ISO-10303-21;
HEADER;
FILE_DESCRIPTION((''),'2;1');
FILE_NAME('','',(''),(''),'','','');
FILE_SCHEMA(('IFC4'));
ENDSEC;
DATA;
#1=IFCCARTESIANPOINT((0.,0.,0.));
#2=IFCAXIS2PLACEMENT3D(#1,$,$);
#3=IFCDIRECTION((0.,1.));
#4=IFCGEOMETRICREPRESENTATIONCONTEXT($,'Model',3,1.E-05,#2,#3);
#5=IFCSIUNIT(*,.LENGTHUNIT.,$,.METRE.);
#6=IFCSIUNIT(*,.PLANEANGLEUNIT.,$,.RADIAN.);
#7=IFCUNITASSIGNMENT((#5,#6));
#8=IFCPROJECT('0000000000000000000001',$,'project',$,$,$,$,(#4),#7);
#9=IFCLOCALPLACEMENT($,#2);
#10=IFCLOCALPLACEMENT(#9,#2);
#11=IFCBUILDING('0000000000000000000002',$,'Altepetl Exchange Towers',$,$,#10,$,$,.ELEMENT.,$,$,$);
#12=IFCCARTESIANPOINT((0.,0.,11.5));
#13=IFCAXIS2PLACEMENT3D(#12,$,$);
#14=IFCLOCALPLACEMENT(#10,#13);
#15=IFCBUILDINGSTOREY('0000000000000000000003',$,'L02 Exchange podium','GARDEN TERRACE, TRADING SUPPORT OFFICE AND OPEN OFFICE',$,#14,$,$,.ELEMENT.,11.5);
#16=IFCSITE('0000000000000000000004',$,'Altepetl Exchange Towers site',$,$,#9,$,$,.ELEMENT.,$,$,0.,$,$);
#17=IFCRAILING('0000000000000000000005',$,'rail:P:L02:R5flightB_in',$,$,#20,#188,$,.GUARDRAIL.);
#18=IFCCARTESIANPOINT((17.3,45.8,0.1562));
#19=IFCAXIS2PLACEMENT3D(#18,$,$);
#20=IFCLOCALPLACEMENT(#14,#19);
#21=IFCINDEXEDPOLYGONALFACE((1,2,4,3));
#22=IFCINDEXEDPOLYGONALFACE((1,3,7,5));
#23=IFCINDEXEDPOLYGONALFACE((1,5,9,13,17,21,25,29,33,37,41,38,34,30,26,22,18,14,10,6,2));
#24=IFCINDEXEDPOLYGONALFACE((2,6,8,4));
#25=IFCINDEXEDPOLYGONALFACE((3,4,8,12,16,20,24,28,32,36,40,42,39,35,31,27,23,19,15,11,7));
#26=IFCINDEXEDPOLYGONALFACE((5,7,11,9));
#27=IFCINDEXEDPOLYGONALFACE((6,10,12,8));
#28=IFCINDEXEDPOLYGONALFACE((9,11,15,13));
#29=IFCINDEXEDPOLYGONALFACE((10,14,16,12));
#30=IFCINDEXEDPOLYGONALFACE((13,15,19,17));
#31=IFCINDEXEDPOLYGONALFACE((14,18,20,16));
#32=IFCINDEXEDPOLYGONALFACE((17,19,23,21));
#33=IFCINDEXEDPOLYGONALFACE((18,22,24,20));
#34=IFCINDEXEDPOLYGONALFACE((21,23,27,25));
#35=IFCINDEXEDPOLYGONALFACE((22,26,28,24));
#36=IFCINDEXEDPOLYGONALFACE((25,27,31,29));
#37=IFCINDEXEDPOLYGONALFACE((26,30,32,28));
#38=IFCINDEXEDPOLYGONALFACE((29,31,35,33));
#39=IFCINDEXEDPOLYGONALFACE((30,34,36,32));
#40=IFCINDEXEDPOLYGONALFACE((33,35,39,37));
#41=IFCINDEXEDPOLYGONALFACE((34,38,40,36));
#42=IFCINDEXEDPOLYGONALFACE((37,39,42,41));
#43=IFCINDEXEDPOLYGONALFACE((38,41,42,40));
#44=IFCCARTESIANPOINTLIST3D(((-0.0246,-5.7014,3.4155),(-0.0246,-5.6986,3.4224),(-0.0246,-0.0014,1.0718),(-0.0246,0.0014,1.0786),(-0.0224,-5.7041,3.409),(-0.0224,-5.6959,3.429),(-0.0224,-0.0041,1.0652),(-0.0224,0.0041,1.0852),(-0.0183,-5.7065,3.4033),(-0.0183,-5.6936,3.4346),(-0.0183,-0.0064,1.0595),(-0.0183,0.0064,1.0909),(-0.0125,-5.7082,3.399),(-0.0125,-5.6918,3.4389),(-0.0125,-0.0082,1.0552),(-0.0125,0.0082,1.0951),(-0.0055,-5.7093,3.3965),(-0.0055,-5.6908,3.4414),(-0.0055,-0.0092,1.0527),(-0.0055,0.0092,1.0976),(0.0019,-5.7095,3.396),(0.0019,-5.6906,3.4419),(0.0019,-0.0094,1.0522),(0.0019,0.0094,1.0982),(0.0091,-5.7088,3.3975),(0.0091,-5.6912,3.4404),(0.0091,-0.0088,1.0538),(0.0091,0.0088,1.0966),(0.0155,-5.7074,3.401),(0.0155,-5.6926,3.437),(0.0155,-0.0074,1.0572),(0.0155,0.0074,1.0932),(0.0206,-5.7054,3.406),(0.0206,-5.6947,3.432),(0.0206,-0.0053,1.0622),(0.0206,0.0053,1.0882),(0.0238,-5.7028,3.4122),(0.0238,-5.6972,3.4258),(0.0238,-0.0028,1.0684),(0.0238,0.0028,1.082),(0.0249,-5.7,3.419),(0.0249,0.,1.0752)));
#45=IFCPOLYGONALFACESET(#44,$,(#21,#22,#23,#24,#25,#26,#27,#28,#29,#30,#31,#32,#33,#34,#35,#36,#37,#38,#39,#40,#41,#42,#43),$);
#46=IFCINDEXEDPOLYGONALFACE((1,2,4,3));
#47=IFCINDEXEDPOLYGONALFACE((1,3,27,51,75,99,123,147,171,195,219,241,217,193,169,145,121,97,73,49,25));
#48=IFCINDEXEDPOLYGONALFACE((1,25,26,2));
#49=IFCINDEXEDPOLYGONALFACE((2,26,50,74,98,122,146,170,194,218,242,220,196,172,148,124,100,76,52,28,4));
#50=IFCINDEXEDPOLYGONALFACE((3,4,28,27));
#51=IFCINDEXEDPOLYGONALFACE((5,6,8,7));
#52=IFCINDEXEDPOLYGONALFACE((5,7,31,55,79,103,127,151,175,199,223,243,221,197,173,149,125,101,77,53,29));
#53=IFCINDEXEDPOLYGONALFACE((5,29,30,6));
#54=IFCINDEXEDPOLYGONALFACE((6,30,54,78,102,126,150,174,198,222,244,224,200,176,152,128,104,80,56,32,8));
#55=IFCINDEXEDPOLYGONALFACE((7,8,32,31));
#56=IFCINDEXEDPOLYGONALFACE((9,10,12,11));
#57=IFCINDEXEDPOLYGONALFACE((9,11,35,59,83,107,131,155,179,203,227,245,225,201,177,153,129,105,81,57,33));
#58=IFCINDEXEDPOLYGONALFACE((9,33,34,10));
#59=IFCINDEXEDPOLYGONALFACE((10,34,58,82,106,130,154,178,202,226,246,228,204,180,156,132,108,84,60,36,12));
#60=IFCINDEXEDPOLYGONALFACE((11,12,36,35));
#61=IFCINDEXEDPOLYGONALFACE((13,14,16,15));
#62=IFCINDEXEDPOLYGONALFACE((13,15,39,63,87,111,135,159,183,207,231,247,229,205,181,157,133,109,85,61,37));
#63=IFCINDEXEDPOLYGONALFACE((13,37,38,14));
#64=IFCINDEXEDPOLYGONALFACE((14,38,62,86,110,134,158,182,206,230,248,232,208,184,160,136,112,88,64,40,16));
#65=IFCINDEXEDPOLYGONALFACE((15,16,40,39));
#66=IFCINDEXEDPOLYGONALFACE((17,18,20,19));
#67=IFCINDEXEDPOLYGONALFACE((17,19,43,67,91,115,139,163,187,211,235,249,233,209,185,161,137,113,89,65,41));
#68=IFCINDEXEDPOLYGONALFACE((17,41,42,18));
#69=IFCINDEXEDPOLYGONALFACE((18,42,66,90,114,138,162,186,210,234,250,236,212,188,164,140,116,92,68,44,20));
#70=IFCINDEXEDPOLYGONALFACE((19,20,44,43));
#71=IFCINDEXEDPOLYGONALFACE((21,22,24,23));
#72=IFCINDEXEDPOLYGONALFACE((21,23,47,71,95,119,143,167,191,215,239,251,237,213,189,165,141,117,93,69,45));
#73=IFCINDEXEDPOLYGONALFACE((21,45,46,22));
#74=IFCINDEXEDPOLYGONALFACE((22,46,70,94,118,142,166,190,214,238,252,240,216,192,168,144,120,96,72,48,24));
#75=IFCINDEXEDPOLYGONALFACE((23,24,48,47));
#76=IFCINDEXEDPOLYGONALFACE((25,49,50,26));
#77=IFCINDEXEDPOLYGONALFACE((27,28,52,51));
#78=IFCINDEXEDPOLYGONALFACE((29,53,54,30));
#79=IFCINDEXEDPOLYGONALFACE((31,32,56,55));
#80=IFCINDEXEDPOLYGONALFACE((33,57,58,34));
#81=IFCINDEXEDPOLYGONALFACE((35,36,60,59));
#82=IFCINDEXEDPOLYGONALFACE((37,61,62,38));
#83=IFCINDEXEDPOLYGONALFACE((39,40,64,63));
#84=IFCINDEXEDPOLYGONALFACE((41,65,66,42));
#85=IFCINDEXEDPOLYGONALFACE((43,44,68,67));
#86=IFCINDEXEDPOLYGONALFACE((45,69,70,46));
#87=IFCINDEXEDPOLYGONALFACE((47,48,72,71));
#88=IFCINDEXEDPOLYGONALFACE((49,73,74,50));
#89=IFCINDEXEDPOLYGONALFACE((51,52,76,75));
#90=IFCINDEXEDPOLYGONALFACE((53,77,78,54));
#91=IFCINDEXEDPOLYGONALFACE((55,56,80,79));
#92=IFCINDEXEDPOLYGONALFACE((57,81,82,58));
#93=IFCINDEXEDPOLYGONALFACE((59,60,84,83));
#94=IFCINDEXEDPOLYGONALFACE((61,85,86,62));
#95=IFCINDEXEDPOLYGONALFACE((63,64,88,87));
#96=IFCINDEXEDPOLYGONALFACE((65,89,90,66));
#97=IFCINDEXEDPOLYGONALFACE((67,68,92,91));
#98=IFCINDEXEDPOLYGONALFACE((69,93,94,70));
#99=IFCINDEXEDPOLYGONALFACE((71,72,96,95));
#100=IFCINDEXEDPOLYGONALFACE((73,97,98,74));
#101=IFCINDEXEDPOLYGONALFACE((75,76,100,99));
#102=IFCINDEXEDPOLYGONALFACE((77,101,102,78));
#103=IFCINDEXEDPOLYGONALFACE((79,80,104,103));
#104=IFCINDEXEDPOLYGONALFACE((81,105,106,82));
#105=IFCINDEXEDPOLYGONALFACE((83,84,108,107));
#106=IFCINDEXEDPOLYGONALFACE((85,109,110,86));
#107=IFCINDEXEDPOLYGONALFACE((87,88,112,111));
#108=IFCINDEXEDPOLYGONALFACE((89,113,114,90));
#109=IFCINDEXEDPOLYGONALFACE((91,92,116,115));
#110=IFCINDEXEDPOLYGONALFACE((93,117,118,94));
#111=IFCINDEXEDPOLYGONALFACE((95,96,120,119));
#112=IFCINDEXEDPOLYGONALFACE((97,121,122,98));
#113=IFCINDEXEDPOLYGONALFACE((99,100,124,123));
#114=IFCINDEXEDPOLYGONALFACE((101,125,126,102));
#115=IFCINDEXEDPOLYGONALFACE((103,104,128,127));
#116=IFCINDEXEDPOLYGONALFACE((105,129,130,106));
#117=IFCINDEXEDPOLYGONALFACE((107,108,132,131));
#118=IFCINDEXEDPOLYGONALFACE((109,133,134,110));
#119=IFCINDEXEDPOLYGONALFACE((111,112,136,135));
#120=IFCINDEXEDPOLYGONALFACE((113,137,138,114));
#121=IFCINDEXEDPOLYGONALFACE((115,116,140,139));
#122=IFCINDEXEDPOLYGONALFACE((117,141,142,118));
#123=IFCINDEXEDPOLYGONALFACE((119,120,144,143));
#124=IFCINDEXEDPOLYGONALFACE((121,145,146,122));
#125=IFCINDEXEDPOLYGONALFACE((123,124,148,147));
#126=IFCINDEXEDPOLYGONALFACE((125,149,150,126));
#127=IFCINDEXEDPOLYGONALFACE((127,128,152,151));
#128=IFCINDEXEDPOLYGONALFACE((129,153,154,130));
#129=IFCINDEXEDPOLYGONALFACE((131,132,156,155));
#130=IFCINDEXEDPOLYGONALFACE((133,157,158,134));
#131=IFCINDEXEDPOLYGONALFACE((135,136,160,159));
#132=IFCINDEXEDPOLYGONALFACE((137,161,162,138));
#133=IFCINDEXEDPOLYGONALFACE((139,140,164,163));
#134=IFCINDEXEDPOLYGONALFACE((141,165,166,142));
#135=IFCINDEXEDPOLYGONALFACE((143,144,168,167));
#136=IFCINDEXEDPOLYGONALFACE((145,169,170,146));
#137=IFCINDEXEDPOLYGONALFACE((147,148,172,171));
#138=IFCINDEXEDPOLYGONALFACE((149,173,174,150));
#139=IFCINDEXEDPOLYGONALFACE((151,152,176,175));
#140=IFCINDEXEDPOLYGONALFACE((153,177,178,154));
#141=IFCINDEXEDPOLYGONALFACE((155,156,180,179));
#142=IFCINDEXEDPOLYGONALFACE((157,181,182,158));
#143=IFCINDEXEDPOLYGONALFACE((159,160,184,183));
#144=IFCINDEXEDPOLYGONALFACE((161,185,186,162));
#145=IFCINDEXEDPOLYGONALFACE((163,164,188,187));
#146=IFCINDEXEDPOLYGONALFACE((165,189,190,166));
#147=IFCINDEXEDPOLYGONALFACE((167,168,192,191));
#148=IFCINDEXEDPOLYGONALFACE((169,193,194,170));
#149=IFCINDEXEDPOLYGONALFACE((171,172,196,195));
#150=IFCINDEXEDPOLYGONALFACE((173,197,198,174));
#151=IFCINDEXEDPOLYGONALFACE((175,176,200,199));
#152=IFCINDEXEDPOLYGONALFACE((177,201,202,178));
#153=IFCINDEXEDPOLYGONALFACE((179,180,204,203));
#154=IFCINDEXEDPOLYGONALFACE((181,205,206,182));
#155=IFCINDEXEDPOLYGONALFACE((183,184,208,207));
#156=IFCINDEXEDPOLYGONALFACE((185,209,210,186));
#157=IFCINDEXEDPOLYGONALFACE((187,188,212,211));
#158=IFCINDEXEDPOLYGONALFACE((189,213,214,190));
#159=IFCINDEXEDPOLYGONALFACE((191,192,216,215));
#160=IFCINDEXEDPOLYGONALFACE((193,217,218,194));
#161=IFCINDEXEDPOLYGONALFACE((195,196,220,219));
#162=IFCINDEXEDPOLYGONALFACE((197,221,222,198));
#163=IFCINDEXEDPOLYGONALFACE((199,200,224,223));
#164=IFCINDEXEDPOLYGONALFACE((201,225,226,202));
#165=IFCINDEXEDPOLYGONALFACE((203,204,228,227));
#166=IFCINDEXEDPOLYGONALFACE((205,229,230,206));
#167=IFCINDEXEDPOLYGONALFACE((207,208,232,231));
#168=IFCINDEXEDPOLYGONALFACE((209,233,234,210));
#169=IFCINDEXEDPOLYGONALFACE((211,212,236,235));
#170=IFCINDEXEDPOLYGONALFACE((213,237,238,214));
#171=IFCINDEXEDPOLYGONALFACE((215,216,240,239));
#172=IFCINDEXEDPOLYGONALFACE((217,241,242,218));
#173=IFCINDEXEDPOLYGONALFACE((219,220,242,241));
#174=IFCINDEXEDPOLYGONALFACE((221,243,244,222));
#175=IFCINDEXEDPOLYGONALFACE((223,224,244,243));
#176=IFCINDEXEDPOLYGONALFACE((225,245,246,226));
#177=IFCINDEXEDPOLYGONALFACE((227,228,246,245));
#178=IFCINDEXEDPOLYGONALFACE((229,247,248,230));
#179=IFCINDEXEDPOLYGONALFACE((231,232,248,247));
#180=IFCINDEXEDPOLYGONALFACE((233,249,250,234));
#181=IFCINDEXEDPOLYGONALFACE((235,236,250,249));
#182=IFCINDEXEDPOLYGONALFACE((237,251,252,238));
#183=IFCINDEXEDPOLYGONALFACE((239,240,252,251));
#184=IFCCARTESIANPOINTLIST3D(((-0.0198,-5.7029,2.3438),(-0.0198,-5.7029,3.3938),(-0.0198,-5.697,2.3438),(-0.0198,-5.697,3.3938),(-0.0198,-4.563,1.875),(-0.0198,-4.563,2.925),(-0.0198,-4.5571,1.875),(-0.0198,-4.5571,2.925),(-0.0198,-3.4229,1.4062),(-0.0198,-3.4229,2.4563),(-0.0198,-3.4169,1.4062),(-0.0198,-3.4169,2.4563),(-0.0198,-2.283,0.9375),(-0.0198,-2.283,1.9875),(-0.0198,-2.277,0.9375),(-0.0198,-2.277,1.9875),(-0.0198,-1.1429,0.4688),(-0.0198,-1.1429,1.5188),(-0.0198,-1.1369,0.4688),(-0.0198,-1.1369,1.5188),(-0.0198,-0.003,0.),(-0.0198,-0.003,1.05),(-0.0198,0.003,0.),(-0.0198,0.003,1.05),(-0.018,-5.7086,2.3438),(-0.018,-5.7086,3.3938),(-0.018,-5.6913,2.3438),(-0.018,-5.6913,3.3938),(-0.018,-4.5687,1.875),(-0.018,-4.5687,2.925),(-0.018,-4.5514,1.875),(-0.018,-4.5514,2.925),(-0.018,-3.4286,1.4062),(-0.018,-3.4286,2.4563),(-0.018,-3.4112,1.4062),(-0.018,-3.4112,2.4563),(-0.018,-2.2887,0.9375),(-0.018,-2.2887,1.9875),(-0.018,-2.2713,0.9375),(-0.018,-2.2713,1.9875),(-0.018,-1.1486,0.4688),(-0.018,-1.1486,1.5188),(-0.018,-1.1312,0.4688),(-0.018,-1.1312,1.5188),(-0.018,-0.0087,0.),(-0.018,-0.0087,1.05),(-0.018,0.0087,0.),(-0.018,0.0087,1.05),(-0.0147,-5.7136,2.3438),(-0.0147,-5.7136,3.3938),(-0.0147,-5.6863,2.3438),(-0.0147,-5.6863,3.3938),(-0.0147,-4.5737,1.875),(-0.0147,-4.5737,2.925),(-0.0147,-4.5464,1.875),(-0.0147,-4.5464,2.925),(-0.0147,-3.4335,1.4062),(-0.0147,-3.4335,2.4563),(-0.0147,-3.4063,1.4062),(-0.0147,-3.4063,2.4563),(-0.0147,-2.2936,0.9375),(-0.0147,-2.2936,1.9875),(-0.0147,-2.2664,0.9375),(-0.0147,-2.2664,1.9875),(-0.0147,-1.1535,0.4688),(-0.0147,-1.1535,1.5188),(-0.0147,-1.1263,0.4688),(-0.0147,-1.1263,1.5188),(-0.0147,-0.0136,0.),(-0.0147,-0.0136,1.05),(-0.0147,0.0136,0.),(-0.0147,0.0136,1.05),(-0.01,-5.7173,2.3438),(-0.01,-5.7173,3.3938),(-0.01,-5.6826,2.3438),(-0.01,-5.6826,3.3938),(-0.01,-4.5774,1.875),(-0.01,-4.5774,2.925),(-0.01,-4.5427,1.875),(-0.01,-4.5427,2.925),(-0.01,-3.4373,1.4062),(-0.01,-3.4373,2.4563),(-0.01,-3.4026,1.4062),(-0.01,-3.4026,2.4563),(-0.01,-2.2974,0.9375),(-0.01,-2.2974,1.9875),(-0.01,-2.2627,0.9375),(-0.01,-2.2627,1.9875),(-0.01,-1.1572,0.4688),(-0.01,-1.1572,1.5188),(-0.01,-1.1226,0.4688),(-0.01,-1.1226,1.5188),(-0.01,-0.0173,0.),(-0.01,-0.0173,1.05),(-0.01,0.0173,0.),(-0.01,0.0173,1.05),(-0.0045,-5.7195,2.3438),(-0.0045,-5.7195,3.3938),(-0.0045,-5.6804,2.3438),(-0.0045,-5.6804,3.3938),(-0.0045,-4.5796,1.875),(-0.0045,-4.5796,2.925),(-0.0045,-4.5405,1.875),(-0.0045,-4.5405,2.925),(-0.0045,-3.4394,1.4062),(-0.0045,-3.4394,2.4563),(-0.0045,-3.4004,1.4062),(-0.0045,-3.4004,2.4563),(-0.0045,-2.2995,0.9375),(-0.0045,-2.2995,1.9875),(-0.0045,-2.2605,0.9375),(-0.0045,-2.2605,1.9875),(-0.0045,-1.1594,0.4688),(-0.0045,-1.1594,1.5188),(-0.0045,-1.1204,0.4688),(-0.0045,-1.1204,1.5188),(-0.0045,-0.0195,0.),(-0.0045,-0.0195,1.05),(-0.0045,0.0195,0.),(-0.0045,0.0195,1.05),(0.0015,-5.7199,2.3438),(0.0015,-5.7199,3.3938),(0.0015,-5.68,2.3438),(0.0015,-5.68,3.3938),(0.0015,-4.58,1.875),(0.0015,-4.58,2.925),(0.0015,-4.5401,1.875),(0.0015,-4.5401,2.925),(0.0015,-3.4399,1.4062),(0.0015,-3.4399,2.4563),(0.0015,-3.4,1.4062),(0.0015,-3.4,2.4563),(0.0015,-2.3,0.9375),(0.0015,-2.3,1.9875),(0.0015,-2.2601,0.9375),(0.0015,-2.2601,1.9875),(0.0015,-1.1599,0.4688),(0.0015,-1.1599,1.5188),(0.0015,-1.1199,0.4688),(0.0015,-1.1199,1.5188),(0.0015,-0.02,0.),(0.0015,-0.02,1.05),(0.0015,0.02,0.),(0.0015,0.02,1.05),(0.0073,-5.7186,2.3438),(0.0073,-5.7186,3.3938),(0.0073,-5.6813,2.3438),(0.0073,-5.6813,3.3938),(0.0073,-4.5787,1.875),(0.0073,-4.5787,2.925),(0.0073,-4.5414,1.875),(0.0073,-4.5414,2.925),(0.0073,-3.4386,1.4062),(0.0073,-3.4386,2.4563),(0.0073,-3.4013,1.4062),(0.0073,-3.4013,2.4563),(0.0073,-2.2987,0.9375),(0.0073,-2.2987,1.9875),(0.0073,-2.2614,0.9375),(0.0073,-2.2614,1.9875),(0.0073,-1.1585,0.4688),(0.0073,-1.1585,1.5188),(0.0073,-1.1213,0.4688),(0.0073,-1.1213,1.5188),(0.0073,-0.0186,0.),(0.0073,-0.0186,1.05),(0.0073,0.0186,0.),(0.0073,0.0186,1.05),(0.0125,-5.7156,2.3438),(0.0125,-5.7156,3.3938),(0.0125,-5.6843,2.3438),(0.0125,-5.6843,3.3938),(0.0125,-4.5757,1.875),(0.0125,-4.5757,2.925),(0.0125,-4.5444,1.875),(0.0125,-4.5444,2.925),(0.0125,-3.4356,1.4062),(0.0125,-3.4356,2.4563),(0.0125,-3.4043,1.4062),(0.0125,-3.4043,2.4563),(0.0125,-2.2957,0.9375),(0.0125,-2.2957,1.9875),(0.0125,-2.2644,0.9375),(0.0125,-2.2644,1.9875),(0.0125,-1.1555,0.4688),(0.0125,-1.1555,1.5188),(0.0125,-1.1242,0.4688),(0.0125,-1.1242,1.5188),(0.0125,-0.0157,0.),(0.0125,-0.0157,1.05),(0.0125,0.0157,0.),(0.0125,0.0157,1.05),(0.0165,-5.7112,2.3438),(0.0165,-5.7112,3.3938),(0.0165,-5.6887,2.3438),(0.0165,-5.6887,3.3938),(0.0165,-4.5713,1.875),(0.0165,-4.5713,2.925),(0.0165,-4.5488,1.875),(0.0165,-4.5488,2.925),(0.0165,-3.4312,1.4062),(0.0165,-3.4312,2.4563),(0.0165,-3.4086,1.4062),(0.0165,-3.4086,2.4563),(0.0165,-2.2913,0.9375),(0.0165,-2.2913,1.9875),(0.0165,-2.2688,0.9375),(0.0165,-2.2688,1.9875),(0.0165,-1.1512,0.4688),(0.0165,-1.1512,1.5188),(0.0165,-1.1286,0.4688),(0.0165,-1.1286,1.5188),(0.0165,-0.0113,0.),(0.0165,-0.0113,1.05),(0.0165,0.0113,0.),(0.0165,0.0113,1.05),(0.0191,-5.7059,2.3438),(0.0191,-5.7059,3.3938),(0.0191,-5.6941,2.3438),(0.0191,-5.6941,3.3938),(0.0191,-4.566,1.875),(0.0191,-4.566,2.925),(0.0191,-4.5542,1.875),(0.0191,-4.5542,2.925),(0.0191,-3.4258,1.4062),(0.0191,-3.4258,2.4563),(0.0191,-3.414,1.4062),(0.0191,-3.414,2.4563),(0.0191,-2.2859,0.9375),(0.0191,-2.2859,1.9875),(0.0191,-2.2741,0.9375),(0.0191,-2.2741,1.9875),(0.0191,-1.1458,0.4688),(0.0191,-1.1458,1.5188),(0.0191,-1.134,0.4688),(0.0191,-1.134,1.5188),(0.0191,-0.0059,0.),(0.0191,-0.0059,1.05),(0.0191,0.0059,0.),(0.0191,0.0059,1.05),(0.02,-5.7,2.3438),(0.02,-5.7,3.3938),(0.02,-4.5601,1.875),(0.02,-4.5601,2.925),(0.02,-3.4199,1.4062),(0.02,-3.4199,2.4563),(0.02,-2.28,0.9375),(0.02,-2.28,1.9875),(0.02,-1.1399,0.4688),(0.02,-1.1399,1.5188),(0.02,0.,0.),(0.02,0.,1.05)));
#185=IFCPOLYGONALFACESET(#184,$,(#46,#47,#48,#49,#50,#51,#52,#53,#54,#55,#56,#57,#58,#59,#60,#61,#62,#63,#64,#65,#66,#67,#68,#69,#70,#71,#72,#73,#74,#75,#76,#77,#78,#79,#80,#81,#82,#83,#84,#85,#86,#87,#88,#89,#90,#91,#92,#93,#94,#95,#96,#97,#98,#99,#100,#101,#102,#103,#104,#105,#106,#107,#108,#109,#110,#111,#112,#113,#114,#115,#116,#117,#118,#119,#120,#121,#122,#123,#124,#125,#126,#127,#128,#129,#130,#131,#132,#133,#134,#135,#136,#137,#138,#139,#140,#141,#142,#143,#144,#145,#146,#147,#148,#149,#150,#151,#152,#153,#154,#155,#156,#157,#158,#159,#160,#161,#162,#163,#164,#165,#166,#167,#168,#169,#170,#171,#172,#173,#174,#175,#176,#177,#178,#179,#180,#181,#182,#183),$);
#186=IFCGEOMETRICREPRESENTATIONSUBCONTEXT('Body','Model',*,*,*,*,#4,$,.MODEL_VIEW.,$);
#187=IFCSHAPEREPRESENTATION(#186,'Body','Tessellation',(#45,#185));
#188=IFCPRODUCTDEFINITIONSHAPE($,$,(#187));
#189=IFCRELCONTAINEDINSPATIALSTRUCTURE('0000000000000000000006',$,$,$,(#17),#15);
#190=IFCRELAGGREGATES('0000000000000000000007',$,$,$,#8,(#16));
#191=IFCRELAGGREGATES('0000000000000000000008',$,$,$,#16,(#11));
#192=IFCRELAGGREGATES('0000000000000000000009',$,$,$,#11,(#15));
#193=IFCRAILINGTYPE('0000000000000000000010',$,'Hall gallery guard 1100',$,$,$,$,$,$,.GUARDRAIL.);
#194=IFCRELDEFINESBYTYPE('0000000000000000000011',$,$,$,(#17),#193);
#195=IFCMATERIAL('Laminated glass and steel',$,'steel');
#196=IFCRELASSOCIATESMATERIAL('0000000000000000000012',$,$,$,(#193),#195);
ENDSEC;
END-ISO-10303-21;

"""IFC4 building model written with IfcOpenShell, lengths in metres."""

from ifc_helpers import new_model, si_unit, direction, frame, origin, origin_2d, place, context, subcontext, project, spatial, circle, extrude, source, transform, mapped, material, type_object, element, save


model = new_model("IFC4")

# Units and contexts
model_context = context("Model", 3, precision=1e-05, world=origin(), true_north=direction((0.0, 1.0)))
body_context = subcontext(model_context, "Body", "Model", "MODEL_VIEW")
ifc_project = project(units=[si_unit("LENGTHUNIT", "METRE"), si_unit("PLANEANGLEUNIT", "RADIAN")], contexts=[model_context])

# Site, building, storey
site_placement = place(None, origin())
site = spatial("IfcSite", under=ifc_project, at=site_placement, Name="Altepetl Exchange Towers site", CompositionType="ELEMENT", RefElevation=0.0)
building_placement = place(site_placement, origin())
building = spatial("IfcBuilding", under=site, at=building_placement, Name="Altepetl Exchange Towers", CompositionType="ELEMENT")
storey_placement = place(building_placement, frame((0.0, 0.0, 11.5)))
storey = spatial("IfcBuildingStorey", under=building, at=storey_placement, Name="L02 Exchange podium", Description="GARDEN TERRACE, TRADING SUPPORT OFFICE AND OPEN OFFICE", CompositionType="ELEMENT", Elevation=11.5)

# Railing
ifc_material_1 = material(Name="Laminated glass and steel", Category="steel")
railing_type_1 = type_object("IfcRailingType", Name="Hall gallery guard 1100", PredefinedType="GUARDRAIL", material=ifc_material_1)
shared_shape_1 = source(origin(), body_context, "Body", "SweptSolid", [
    extrude(circle(Radius=0.02, at=origin_2d()), origin(), (0.0, 0.0, 1.0), 1.05),
])
for number, where, name in (
    (1, (17.3, 45.8, 0.1562), "rail:P:L02:R5flightB_in"),
):
    element("IfcRailing", number, at=place(storey_placement, frame(where)), inside=storey, type_object=railing_type_1, Name=name, PredefinedType="GUARDRAIL", context=body_context, shape_type="SweptSolid", body=[
        extrude(circle(Radius=0.0249, at=origin_2d()), frame((0.0, 0.0, 1.0752), z_axis=(0.0, -0.924866, 0.380293), x_axis=(1.0, 0.0, 0.0)), (0.0, 0.0, 1.0), 6.1631),
        mapped(shared_shape_1, transform((0.0, 0.0, 0.0))),
        mapped(shared_shape_1, transform((0.0, -1.1399, 0.4688))),
        mapped(shared_shape_1, transform((0.0, -2.28, 0.9375))),
        mapped(shared_shape_1, transform((0.0, -3.4199, 1.4062))),
        mapped(shared_shape_1, transform((0.0, -4.5601, 1.875))),
        mapped(shared_shape_1, transform((0.0, -5.7, 2.3438))),
    ])

save(model, "model.ifc")
